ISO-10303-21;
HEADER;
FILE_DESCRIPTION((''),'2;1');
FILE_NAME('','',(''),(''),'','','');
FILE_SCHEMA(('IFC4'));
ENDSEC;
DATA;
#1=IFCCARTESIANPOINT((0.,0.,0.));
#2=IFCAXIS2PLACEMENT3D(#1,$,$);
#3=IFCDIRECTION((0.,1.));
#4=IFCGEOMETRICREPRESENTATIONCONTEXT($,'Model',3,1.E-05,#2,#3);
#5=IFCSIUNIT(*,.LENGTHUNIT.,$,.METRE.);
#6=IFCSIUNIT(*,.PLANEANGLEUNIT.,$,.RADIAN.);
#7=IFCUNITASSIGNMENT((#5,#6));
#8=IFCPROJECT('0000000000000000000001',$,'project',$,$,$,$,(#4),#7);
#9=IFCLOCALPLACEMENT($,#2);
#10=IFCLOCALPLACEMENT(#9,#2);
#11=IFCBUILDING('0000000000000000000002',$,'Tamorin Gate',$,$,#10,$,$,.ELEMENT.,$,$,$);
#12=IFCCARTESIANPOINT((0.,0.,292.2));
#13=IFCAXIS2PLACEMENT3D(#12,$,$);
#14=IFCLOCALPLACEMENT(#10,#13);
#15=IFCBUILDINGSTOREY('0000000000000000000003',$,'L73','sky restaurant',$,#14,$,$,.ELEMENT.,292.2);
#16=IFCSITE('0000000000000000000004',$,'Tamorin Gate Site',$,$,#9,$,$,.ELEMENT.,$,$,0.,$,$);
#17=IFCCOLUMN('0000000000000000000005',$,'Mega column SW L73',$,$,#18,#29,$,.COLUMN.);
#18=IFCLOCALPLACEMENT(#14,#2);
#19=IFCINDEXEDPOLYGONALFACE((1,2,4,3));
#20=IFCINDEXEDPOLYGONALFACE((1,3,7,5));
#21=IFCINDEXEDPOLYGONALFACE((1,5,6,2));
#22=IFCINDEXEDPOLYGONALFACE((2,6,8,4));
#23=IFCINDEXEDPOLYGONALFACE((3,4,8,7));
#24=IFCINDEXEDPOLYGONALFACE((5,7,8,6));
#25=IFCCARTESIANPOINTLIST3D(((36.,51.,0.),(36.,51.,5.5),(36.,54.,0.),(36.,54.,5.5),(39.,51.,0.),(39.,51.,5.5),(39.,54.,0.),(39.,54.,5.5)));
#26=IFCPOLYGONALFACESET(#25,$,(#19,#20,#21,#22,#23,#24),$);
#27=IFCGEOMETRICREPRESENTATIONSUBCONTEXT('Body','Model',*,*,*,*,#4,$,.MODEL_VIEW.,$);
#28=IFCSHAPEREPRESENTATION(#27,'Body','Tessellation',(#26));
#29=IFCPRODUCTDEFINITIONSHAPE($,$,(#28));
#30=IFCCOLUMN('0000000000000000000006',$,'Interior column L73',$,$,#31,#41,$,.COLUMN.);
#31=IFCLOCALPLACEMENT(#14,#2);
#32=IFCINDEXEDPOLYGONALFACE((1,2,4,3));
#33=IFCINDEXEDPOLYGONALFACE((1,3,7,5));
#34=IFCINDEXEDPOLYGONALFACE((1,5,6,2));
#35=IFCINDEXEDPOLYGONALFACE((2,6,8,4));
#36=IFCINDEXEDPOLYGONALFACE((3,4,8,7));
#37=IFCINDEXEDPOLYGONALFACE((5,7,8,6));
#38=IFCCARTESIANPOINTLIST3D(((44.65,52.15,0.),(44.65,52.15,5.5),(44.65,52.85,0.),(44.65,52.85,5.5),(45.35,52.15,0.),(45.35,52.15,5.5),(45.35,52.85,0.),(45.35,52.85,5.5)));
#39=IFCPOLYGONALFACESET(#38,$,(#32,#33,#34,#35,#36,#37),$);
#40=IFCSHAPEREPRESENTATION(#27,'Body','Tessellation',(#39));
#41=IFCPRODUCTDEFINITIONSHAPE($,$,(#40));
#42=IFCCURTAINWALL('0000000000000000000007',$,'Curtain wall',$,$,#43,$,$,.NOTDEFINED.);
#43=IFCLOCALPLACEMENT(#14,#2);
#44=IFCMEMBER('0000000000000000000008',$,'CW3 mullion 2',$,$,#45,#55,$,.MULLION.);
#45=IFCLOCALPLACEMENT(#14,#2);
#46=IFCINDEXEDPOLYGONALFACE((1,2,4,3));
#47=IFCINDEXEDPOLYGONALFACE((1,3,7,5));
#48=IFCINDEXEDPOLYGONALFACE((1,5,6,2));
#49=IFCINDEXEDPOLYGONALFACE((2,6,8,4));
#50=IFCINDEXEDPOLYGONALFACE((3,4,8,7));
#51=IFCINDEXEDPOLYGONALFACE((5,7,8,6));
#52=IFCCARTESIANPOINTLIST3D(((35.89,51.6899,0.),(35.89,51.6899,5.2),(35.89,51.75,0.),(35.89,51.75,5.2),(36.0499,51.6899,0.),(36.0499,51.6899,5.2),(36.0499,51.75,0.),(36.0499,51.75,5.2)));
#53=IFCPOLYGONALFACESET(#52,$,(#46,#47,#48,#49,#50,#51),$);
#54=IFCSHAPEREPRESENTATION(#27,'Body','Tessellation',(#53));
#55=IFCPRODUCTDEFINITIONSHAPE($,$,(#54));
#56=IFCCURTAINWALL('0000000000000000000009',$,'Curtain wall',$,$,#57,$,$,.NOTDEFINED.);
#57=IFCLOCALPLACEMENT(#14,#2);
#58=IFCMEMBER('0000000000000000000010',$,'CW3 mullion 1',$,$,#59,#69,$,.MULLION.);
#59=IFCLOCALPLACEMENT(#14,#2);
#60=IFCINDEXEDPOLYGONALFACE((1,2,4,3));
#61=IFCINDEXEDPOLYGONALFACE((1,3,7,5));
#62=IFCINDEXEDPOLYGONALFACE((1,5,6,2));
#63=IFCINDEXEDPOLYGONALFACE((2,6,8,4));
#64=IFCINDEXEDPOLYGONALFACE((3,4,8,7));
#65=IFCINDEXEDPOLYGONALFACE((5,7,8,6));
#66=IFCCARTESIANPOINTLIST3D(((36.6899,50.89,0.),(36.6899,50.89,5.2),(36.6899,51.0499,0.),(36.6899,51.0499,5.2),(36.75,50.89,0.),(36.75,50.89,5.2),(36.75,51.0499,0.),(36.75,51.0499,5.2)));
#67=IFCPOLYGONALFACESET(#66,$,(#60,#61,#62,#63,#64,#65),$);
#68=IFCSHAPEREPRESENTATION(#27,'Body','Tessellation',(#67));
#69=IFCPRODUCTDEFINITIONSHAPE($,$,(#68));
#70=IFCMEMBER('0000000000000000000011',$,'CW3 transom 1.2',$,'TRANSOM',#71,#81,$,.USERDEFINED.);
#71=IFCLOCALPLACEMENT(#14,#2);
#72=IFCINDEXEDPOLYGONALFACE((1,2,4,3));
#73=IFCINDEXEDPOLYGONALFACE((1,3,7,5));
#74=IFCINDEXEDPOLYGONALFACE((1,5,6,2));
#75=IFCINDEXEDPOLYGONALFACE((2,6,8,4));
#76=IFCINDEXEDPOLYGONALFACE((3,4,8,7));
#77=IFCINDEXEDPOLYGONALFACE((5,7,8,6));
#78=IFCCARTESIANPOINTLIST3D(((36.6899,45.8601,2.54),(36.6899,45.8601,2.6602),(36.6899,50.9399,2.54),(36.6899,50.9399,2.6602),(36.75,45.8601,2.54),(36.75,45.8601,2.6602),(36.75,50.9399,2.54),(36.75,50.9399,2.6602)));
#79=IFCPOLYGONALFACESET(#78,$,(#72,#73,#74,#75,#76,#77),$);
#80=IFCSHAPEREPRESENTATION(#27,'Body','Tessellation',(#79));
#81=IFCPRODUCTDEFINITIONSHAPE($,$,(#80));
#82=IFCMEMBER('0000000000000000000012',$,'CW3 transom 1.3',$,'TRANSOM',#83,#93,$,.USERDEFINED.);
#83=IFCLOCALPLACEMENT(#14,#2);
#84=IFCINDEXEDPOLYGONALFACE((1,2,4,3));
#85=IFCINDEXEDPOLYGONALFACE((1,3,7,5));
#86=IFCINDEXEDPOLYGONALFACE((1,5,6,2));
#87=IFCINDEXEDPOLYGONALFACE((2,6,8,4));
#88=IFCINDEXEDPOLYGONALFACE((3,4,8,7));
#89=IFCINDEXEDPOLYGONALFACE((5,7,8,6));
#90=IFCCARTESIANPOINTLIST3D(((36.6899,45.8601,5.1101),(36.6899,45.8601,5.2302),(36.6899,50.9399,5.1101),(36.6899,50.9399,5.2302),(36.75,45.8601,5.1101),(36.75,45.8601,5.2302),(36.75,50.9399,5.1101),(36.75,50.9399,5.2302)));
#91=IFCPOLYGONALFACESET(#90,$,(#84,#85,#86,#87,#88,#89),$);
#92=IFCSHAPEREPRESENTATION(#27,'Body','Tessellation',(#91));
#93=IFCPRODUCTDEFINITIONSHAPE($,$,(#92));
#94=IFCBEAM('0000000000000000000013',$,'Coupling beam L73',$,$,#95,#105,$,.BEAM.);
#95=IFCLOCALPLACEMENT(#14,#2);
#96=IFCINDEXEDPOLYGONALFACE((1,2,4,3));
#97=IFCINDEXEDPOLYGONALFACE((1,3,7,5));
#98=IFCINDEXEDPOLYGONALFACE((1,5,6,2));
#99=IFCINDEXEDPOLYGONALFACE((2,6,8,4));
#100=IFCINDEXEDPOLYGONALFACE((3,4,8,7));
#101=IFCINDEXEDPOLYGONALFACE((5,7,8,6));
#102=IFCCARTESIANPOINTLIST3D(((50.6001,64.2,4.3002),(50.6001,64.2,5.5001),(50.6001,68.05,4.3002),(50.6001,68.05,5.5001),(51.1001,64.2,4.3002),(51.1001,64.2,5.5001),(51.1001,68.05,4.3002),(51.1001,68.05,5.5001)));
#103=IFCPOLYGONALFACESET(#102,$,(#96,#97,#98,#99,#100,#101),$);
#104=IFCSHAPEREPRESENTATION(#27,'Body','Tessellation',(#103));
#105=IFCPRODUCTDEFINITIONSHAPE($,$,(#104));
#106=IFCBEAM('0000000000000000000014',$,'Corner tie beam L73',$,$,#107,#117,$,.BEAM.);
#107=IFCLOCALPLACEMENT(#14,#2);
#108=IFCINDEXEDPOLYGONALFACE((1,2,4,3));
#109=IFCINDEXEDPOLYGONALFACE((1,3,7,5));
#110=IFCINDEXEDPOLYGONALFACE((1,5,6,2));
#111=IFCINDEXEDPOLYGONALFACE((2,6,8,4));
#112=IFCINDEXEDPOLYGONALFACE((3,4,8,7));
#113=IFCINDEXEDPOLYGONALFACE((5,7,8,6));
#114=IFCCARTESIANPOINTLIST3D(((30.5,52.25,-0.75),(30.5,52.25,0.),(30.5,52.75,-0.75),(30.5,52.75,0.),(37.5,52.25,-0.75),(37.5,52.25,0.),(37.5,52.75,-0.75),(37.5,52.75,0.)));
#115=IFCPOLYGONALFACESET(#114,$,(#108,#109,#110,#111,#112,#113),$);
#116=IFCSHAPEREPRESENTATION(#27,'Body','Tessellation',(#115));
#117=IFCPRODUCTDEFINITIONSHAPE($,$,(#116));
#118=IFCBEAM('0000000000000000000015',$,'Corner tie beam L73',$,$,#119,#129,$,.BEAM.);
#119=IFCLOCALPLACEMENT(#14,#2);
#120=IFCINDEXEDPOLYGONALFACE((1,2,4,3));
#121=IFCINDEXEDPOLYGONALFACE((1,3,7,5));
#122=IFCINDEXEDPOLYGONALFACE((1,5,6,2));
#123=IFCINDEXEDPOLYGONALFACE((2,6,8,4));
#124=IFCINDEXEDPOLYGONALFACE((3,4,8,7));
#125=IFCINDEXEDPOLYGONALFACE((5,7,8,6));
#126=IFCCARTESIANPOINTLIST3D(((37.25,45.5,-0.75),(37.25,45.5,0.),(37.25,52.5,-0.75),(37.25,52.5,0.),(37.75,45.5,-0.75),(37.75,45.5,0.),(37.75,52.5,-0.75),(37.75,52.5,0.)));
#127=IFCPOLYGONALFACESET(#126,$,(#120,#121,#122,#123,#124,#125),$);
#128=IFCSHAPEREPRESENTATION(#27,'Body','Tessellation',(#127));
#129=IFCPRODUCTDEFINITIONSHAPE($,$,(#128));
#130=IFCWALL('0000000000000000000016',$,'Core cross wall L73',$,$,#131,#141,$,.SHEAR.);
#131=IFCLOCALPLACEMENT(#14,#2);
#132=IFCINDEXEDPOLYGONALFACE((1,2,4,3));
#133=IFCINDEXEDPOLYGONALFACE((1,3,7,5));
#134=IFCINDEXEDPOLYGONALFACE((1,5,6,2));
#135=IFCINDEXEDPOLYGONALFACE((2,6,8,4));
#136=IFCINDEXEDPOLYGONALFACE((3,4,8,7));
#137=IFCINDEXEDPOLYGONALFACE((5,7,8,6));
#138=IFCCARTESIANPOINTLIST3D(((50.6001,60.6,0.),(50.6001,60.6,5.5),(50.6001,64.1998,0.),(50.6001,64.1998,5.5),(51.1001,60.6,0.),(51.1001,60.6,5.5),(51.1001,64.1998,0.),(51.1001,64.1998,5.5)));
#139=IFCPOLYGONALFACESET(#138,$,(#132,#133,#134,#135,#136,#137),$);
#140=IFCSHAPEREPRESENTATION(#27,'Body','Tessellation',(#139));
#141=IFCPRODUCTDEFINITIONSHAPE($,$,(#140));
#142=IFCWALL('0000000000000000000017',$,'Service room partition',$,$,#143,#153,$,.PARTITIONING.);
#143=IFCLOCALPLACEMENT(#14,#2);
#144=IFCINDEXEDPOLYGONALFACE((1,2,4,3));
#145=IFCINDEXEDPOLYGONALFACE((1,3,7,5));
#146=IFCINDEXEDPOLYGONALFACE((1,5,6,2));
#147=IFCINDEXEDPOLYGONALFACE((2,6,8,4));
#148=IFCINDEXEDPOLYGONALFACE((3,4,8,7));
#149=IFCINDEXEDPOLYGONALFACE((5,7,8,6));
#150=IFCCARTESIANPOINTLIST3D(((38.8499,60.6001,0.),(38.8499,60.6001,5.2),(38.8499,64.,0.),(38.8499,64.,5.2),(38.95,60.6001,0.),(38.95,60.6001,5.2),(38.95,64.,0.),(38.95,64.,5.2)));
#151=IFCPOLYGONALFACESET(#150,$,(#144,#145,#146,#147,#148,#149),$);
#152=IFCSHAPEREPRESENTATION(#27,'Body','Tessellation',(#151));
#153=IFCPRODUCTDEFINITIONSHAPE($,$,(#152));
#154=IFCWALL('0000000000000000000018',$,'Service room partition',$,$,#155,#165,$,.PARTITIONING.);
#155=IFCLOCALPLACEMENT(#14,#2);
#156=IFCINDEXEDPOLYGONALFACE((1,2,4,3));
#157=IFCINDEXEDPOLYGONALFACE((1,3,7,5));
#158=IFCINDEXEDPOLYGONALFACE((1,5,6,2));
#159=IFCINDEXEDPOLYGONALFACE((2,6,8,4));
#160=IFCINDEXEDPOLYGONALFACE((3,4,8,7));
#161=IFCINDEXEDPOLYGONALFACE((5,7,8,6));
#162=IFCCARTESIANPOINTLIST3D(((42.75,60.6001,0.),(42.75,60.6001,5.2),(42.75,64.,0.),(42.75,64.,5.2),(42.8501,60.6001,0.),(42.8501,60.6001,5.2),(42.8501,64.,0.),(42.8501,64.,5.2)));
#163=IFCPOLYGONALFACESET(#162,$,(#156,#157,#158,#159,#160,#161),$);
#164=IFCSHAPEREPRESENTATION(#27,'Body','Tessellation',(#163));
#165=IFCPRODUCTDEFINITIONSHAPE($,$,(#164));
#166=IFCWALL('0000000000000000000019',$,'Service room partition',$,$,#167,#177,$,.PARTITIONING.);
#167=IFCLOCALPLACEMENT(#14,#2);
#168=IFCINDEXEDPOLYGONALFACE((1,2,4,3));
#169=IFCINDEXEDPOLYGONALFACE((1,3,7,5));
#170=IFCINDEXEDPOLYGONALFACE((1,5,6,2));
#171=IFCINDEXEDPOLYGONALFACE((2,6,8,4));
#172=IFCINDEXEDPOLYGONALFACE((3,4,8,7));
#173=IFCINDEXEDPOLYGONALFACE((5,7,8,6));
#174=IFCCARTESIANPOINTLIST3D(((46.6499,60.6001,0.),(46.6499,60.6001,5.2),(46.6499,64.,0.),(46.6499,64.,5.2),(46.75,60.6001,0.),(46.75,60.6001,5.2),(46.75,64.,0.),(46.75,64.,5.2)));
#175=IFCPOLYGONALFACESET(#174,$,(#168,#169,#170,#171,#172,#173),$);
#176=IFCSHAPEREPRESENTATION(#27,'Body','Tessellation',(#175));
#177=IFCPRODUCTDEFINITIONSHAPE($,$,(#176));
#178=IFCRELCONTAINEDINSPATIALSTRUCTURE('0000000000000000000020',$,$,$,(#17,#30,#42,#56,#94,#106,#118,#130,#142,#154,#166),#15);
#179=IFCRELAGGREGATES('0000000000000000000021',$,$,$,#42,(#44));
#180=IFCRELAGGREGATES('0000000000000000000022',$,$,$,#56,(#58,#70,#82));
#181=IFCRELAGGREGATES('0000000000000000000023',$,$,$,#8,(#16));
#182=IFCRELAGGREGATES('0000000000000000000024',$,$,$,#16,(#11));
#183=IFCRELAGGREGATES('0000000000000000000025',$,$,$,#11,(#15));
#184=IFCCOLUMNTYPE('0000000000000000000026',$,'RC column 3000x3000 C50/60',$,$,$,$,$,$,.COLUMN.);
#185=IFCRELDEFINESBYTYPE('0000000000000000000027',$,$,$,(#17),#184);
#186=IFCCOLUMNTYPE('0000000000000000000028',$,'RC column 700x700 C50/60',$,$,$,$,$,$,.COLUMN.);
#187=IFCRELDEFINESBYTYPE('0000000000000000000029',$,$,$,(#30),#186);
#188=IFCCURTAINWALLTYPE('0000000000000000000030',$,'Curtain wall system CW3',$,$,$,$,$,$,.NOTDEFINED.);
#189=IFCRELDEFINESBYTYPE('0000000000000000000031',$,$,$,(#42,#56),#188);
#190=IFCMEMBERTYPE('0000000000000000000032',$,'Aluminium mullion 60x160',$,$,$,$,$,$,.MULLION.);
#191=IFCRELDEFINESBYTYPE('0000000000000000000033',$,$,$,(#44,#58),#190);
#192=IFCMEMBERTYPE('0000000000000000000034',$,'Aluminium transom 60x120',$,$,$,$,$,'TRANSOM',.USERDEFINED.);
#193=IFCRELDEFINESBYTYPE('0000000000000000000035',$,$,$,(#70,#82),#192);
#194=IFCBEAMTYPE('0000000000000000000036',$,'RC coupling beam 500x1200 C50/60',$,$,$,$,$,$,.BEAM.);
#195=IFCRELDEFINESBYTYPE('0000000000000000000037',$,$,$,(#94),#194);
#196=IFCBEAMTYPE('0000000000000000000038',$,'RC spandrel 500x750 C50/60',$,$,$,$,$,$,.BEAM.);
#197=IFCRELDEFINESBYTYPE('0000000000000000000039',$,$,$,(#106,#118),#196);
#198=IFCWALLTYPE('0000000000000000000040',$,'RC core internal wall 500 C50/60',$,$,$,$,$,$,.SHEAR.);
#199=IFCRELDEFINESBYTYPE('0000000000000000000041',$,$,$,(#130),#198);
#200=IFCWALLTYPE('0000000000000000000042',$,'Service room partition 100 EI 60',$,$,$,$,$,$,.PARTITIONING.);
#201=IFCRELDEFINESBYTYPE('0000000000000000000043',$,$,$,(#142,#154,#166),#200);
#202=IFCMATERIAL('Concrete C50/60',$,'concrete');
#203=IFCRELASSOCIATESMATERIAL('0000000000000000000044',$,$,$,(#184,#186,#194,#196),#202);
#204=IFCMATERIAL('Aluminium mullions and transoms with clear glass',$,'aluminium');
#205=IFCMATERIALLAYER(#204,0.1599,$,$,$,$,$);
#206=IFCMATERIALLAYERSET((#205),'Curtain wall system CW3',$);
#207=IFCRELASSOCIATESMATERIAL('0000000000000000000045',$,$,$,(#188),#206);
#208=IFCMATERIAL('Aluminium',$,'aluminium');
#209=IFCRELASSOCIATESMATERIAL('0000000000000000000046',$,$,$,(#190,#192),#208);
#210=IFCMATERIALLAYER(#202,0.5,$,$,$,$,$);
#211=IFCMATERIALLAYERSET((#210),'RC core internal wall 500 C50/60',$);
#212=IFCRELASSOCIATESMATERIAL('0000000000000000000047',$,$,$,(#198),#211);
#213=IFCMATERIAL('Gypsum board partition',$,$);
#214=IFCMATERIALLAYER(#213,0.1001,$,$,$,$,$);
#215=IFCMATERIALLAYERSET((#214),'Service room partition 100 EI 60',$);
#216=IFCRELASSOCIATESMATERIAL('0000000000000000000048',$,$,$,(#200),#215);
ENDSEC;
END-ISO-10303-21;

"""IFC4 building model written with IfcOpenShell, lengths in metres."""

from ifc_helpers import new_model, si_unit, direction, frame, frame_2d, origin, origin_2d, place, context, subcontext, project, spatial, rectangle, extrude, material, layer, layer_set, material_profile, profile_set, type_object, element, aggregate, save


model = new_model("IFC4")

# Units and contexts
model_context = context("Model", 3, precision=1e-05, world=origin(), true_north=direction((0.0, 1.0)))
body_context = subcontext(model_context, "Body", "Model", "MODEL_VIEW")
ifc_project = project(units=[si_unit("LENGTHUNIT", "METRE"), si_unit("PLANEANGLEUNIT", "RADIAN")], contexts=[model_context])

# Site, building, storey
site_placement = place(None, origin())
site = spatial("IfcSite", under=ifc_project, at=site_placement, Name="Tamorin Gate Site", CompositionType="ELEMENT", RefElevation=0.0)
building_placement = place(site_placement, origin())
building = spatial("IfcBuilding", under=site, at=building_placement, Name="Tamorin Gate", CompositionType="ELEMENT")
storey_placement = place(building_placement, frame((0.0, 0.0, 292.2)))
storey = spatial("IfcBuildingStorey", under=building, at=storey_placement, Name="L73", Description="sky restaurant", CompositionType="ELEMENT", Elevation=292.2)

# Columns
ifc_material_1 = material(Name="Concrete C50/60", Category="concrete")
ifc_material_profile_1 = material_profile(ifc_material_1, rectangle(XDim=3.0, YDim=3.0, at=origin_2d()), Name="RC 3000x3000")
ifc_profile_set_1 = profile_set([ifc_material_profile_1], Name="Concrete C50/60")
column_type_1 = type_object("IfcColumnType", Name="RC column 3000x3000 C50/60", PredefinedType="COLUMN", material=ifc_profile_set_1)
column_1_placement = place(storey_placement, frame((37.5, 52.5, 0.0), z_axis=(0.0, 0.0, 1.0), x_axis=(1.0, 0.0, 0.0)))
element("IfcColumn", 1, at=column_1_placement, inside=storey, type_object=column_type_1, Name="Mega column SW L73", PredefinedType="COLUMN", context=body_context, shape_type="SweptSolid", body=[
    extrude(rectangle(XDim=3.0, YDim=3.0, at=origin_2d()), origin(), (0.0, 0.0, 1.0), 5.5),
])
ifc_material_profile_2 = material_profile(ifc_material_1, rectangle(XDim=0.7, YDim=0.7, at=origin_2d()), Name="RC 700x700")
ifc_profile_set_2 = profile_set([ifc_material_profile_2], Name="Concrete C50/60")
column_type_2 = type_object("IfcColumnType", Name="RC column 700x700 C50/60", PredefinedType="COLUMN", material=ifc_profile_set_2)
column_2_placement = place(storey_placement, frame((45.0, 52.5, 0.0), z_axis=(0.0, 0.0, 1.0), x_axis=(1.0, 0.0, 0.0)))
element("IfcColumn", 2, at=column_2_placement, inside=storey, type_object=column_type_2, Name="Interior column L73", PredefinedType="COLUMN", context=body_context, shape_type="SweptSolid", body=[
    extrude(rectangle(XDim=0.7, YDim=0.7, at=origin_2d()), origin(), (0.0, 0.0, 1.0), 5.5),
])

# Curtain wall, member
ifc_material_2 = material(Name="Aluminium mullions and transoms with clear glass", Category="aluminium")
ifc_layer_1 = layer(ifc_material_2, 0.1599)
ifc_layer_set_1 = layer_set([ifc_layer_1], Name="Curtain wall system CW3")
curtain_wall_type = type_object("IfcCurtainWallType", Name="Curtain wall system CW3", PredefinedType="NOTDEFINED", material=ifc_layer_set_1)
curtain_wall_1_placement = place(storey_placement, origin())
curtain_wall_1 = element("IfcCurtainWall", 3, at=curtain_wall_1_placement, inside=storey, type_object=curtain_wall_type, Name="Curtain wall", PredefinedType="NOTDEFINED")
ifc_material_3 = material(Name="Aluminium", Category="aluminium")
ifc_material_profile_3 = material_profile(ifc_material_3, rectangle(XDim=0.0601, YDim=0.1599, at=origin_2d()), Name="RECT 60x160")
ifc_profile_set_3 = profile_set([ifc_material_profile_3], Name="Aluminium")
member_type_1 = type_object("IfcMemberType", Name="Aluminium mullion 60x160", PredefinedType="MULLION", material=ifc_profile_set_3)
member_1_placement = place(storey_placement, frame((35.97, 51.72, 0.0), z_axis=(0.0, 0.0, 1.0), x_axis=(0.0, 1.0, 0.0)))
member_1 = element("IfcMember", 4, at=member_1_placement, type_object=member_type_1, Name="CW3 mullion 2", PredefinedType="MULLION", context=body_context, shape_type="SweptSolid", body=[
    extrude(rectangle(XDim=0.0601, YDim=0.1599, at=origin_2d()), origin(), (0.0, 0.0, 1.0), 5.2),
])
aggregate(curtain_wall_1, [member_1])

# Curtain wall, members
curtain_wall_2_placement = place(storey_placement, origin())
curtain_wall_2 = element("IfcCurtainWall", 5, at=curtain_wall_2_placement, inside=storey, type_object=curtain_wall_type, Name="Curtain wall", PredefinedType="NOTDEFINED")
member_2_placement = place(storey_placement, frame((36.72, 50.97, 0.0), z_axis=(0.0, 0.0, 1.0), x_axis=(1.0, 0.0, 0.0)))
member_2 = element("IfcMember", 6, at=member_2_placement, type_object=member_type_1, Name="CW3 mullion 1", PredefinedType="MULLION", context=body_context, shape_type="SweptSolid", body=[
    extrude(rectangle(XDim=0.0601, YDim=0.1599, at=origin_2d()), origin(), (0.0, 0.0, 1.0), 5.2),
])
ifc_material_profile_4 = material_profile(ifc_material_3, rectangle(XDim=0.0601, YDim=0.1201, at=origin_2d()), Name="RECT 60x120")
ifc_profile_set_4 = profile_set([ifc_material_profile_4], Name="Aluminium")
member_type_2 = type_object("IfcMemberType", Name="Aluminium transom 60x120", ElementType="TRANSOM", PredefinedType="USERDEFINED", material=ifc_profile_set_4)
member_3_placement = place(storey_placement, frame((36.72, 50.9399, 2.6001), z_axis=(0.0, -1.0, 0.0), x_axis=(1.0, 0.0, 0.0)))
member_3 = element("IfcMember", 7, at=member_3_placement, type_object=member_type_2, Name="CW3 transom 1.2", ObjectType="TRANSOM", PredefinedType="USERDEFINED", context=body_context, shape_type="SweptSolid", body=[
    extrude(rectangle(XDim=0.0601, YDim=0.1201, at=origin_2d()), origin(), (0.0, 0.0, 1.0), 5.0798),
])
member_4_placement = place(storey_placement, frame((36.72, 50.9399, 5.1702), z_axis=(0.0, -1.0, 0.0), x_axis=(1.0, 0.0, 0.0)))
member_4 = element("IfcMember", 8, at=member_4_placement, type_object=member_type_2, Name="CW3 transom 1.3", ObjectType="TRANSOM", PredefinedType="USERDEFINED", context=body_context, shape_type="SweptSolid", body=[
    extrude(rectangle(XDim=0.0601, YDim=0.1201, at=origin_2d()), origin(), (0.0, 0.0, 1.0), 5.0798),
])
aggregate(curtain_wall_2, [member_2, member_3, member_4])

# Beams
ifc_material_profile_5 = material_profile(ifc_material_1, rectangle(XDim=0.5, YDim=1.2, at=origin_2d()), Name="RC 500x1200")
ifc_profile_set_5 = profile_set([ifc_material_profile_5], Name="Concrete C50/60")
beam_type_1 = type_object("IfcBeamType", Name="RC coupling beam 500x1200 C50/60", PredefinedType="BEAM", material=ifc_profile_set_5)
beam_placement = place(storey_placement, frame((50.8501, 64.2, 4.9001), z_axis=(0.0, 1.0, 0.0), x_axis=(-1.0, 0.0, 0.0)))
element("IfcBeam", 9, at=beam_placement, inside=storey, type_object=beam_type_1, Name="Coupling beam L73", PredefinedType="BEAM", context=body_context, shape_type="SweptSolid", body=[
    extrude(rectangle(XDim=0.5, YDim=1.2, at=origin_2d()), origin(), (0.0, 0.0, 1.0), 3.8501),
])
ifc_material_profile_6 = material_profile(ifc_material_1, rectangle(XDim=0.5, YDim=0.75, at=origin_2d()), Name="RC 500x750")
ifc_profile_set_6 = profile_set([ifc_material_profile_6], Name="Concrete C50/60")
beam_type_2 = type_object("IfcBeamType", Name="RC spandrel 500x750 C50/60", PredefinedType="BEAM", material=ifc_profile_set_6)
for number, where, z_axis, x_axis, name in (
    (10, (37.5, 52.5, -0.375), (-1.0, 0.0, 0.0), (0.0, -1.0, 0.0), "Corner tie beam L73"),
    (11, (37.5, 52.5, -0.375), (0.0, -1.0, 0.0), (1.0, 0.0, 0.0), "Corner tie beam L73"),
):
    element("IfcBeam", number, at=place(storey_placement, frame(where, z_axis=z_axis, x_axis=x_axis)), inside=storey, type_object=beam_type_2, Name=name, PredefinedType="BEAM", context=body_context, shape_type="SweptSolid", body=[
        extrude(rectangle(XDim=0.5, YDim=0.75, at=origin_2d()), origin(), (0.0, 0.0, 1.0), 7.0),
    ])

# Walls
ifc_layer_2 = layer(ifc_material_1, 0.5)
ifc_layer_set_2 = layer_set([ifc_layer_2], Name="RC core internal wall 500 C50/60")
wall_type_1 = type_object("IfcWallType", Name="RC core internal wall 500 C50/60", PredefinedType="SHEAR", material=ifc_layer_set_2)
wall_placement = place(storey_placement, frame((50.8501, 60.6001, 0.0), z_axis=(0.0, 0.0, 1.0), x_axis=(0.0, 1.0, 0.0)))
element("IfcWall", 12, at=wall_placement, inside=storey, type_object=wall_type_1, Name="Core cross wall L73", PredefinedType="SHEAR", context=body_context, shape_type="SweptSolid", body=[
    extrude(rectangle(XDim=3.5999, YDim=0.5, at=frame_2d((1.7998, 0.0))), origin(), (0.0, 0.0, 1.0), 5.5),
])
ifc_material_4 = material(Name="Gypsum board partition")
ifc_layer_3 = layer(ifc_material_4, 0.1001)
ifc_layer_set_3 = layer_set([ifc_layer_3], Name="Service room partition 100 EI 60")
wall_type_2 = type_object("IfcWallType", Name="Service room partition 100 EI 60", PredefinedType="PARTITIONING", material=ifc_layer_set_3)
for number, where, z_axis, x_axis, name in (
    (13, (38.8999, 60.6001, 0.0), (0.0, 0.0, 1.0), (0.0, 1.0, 0.0), "Service room partition"),
    (14, (42.8, 60.6001, 0.0), (0.0, 0.0, 1.0), (0.0, 1.0, 0.0), "Service room partition"),
    (15, (46.7, 60.6001, 0.0), (0.0, 0.0, 1.0), (0.0, 1.0, 0.0), "Service room partition"),
):
    element("IfcWall", number, at=place(storey_placement, frame(where, z_axis=z_axis, x_axis=x_axis)), inside=storey, type_object=wall_type_2, Name=name, PredefinedType="PARTITIONING", context=body_context, shape_type="SweptSolid", body=[
        extrude(rectangle(XDim=3.3999, YDim=0.1001, at=frame_2d((1.7, 0.0))), origin(), (0.0, 0.0, 1.0), 5.2),
    ])

save(model, "model.ifc")
